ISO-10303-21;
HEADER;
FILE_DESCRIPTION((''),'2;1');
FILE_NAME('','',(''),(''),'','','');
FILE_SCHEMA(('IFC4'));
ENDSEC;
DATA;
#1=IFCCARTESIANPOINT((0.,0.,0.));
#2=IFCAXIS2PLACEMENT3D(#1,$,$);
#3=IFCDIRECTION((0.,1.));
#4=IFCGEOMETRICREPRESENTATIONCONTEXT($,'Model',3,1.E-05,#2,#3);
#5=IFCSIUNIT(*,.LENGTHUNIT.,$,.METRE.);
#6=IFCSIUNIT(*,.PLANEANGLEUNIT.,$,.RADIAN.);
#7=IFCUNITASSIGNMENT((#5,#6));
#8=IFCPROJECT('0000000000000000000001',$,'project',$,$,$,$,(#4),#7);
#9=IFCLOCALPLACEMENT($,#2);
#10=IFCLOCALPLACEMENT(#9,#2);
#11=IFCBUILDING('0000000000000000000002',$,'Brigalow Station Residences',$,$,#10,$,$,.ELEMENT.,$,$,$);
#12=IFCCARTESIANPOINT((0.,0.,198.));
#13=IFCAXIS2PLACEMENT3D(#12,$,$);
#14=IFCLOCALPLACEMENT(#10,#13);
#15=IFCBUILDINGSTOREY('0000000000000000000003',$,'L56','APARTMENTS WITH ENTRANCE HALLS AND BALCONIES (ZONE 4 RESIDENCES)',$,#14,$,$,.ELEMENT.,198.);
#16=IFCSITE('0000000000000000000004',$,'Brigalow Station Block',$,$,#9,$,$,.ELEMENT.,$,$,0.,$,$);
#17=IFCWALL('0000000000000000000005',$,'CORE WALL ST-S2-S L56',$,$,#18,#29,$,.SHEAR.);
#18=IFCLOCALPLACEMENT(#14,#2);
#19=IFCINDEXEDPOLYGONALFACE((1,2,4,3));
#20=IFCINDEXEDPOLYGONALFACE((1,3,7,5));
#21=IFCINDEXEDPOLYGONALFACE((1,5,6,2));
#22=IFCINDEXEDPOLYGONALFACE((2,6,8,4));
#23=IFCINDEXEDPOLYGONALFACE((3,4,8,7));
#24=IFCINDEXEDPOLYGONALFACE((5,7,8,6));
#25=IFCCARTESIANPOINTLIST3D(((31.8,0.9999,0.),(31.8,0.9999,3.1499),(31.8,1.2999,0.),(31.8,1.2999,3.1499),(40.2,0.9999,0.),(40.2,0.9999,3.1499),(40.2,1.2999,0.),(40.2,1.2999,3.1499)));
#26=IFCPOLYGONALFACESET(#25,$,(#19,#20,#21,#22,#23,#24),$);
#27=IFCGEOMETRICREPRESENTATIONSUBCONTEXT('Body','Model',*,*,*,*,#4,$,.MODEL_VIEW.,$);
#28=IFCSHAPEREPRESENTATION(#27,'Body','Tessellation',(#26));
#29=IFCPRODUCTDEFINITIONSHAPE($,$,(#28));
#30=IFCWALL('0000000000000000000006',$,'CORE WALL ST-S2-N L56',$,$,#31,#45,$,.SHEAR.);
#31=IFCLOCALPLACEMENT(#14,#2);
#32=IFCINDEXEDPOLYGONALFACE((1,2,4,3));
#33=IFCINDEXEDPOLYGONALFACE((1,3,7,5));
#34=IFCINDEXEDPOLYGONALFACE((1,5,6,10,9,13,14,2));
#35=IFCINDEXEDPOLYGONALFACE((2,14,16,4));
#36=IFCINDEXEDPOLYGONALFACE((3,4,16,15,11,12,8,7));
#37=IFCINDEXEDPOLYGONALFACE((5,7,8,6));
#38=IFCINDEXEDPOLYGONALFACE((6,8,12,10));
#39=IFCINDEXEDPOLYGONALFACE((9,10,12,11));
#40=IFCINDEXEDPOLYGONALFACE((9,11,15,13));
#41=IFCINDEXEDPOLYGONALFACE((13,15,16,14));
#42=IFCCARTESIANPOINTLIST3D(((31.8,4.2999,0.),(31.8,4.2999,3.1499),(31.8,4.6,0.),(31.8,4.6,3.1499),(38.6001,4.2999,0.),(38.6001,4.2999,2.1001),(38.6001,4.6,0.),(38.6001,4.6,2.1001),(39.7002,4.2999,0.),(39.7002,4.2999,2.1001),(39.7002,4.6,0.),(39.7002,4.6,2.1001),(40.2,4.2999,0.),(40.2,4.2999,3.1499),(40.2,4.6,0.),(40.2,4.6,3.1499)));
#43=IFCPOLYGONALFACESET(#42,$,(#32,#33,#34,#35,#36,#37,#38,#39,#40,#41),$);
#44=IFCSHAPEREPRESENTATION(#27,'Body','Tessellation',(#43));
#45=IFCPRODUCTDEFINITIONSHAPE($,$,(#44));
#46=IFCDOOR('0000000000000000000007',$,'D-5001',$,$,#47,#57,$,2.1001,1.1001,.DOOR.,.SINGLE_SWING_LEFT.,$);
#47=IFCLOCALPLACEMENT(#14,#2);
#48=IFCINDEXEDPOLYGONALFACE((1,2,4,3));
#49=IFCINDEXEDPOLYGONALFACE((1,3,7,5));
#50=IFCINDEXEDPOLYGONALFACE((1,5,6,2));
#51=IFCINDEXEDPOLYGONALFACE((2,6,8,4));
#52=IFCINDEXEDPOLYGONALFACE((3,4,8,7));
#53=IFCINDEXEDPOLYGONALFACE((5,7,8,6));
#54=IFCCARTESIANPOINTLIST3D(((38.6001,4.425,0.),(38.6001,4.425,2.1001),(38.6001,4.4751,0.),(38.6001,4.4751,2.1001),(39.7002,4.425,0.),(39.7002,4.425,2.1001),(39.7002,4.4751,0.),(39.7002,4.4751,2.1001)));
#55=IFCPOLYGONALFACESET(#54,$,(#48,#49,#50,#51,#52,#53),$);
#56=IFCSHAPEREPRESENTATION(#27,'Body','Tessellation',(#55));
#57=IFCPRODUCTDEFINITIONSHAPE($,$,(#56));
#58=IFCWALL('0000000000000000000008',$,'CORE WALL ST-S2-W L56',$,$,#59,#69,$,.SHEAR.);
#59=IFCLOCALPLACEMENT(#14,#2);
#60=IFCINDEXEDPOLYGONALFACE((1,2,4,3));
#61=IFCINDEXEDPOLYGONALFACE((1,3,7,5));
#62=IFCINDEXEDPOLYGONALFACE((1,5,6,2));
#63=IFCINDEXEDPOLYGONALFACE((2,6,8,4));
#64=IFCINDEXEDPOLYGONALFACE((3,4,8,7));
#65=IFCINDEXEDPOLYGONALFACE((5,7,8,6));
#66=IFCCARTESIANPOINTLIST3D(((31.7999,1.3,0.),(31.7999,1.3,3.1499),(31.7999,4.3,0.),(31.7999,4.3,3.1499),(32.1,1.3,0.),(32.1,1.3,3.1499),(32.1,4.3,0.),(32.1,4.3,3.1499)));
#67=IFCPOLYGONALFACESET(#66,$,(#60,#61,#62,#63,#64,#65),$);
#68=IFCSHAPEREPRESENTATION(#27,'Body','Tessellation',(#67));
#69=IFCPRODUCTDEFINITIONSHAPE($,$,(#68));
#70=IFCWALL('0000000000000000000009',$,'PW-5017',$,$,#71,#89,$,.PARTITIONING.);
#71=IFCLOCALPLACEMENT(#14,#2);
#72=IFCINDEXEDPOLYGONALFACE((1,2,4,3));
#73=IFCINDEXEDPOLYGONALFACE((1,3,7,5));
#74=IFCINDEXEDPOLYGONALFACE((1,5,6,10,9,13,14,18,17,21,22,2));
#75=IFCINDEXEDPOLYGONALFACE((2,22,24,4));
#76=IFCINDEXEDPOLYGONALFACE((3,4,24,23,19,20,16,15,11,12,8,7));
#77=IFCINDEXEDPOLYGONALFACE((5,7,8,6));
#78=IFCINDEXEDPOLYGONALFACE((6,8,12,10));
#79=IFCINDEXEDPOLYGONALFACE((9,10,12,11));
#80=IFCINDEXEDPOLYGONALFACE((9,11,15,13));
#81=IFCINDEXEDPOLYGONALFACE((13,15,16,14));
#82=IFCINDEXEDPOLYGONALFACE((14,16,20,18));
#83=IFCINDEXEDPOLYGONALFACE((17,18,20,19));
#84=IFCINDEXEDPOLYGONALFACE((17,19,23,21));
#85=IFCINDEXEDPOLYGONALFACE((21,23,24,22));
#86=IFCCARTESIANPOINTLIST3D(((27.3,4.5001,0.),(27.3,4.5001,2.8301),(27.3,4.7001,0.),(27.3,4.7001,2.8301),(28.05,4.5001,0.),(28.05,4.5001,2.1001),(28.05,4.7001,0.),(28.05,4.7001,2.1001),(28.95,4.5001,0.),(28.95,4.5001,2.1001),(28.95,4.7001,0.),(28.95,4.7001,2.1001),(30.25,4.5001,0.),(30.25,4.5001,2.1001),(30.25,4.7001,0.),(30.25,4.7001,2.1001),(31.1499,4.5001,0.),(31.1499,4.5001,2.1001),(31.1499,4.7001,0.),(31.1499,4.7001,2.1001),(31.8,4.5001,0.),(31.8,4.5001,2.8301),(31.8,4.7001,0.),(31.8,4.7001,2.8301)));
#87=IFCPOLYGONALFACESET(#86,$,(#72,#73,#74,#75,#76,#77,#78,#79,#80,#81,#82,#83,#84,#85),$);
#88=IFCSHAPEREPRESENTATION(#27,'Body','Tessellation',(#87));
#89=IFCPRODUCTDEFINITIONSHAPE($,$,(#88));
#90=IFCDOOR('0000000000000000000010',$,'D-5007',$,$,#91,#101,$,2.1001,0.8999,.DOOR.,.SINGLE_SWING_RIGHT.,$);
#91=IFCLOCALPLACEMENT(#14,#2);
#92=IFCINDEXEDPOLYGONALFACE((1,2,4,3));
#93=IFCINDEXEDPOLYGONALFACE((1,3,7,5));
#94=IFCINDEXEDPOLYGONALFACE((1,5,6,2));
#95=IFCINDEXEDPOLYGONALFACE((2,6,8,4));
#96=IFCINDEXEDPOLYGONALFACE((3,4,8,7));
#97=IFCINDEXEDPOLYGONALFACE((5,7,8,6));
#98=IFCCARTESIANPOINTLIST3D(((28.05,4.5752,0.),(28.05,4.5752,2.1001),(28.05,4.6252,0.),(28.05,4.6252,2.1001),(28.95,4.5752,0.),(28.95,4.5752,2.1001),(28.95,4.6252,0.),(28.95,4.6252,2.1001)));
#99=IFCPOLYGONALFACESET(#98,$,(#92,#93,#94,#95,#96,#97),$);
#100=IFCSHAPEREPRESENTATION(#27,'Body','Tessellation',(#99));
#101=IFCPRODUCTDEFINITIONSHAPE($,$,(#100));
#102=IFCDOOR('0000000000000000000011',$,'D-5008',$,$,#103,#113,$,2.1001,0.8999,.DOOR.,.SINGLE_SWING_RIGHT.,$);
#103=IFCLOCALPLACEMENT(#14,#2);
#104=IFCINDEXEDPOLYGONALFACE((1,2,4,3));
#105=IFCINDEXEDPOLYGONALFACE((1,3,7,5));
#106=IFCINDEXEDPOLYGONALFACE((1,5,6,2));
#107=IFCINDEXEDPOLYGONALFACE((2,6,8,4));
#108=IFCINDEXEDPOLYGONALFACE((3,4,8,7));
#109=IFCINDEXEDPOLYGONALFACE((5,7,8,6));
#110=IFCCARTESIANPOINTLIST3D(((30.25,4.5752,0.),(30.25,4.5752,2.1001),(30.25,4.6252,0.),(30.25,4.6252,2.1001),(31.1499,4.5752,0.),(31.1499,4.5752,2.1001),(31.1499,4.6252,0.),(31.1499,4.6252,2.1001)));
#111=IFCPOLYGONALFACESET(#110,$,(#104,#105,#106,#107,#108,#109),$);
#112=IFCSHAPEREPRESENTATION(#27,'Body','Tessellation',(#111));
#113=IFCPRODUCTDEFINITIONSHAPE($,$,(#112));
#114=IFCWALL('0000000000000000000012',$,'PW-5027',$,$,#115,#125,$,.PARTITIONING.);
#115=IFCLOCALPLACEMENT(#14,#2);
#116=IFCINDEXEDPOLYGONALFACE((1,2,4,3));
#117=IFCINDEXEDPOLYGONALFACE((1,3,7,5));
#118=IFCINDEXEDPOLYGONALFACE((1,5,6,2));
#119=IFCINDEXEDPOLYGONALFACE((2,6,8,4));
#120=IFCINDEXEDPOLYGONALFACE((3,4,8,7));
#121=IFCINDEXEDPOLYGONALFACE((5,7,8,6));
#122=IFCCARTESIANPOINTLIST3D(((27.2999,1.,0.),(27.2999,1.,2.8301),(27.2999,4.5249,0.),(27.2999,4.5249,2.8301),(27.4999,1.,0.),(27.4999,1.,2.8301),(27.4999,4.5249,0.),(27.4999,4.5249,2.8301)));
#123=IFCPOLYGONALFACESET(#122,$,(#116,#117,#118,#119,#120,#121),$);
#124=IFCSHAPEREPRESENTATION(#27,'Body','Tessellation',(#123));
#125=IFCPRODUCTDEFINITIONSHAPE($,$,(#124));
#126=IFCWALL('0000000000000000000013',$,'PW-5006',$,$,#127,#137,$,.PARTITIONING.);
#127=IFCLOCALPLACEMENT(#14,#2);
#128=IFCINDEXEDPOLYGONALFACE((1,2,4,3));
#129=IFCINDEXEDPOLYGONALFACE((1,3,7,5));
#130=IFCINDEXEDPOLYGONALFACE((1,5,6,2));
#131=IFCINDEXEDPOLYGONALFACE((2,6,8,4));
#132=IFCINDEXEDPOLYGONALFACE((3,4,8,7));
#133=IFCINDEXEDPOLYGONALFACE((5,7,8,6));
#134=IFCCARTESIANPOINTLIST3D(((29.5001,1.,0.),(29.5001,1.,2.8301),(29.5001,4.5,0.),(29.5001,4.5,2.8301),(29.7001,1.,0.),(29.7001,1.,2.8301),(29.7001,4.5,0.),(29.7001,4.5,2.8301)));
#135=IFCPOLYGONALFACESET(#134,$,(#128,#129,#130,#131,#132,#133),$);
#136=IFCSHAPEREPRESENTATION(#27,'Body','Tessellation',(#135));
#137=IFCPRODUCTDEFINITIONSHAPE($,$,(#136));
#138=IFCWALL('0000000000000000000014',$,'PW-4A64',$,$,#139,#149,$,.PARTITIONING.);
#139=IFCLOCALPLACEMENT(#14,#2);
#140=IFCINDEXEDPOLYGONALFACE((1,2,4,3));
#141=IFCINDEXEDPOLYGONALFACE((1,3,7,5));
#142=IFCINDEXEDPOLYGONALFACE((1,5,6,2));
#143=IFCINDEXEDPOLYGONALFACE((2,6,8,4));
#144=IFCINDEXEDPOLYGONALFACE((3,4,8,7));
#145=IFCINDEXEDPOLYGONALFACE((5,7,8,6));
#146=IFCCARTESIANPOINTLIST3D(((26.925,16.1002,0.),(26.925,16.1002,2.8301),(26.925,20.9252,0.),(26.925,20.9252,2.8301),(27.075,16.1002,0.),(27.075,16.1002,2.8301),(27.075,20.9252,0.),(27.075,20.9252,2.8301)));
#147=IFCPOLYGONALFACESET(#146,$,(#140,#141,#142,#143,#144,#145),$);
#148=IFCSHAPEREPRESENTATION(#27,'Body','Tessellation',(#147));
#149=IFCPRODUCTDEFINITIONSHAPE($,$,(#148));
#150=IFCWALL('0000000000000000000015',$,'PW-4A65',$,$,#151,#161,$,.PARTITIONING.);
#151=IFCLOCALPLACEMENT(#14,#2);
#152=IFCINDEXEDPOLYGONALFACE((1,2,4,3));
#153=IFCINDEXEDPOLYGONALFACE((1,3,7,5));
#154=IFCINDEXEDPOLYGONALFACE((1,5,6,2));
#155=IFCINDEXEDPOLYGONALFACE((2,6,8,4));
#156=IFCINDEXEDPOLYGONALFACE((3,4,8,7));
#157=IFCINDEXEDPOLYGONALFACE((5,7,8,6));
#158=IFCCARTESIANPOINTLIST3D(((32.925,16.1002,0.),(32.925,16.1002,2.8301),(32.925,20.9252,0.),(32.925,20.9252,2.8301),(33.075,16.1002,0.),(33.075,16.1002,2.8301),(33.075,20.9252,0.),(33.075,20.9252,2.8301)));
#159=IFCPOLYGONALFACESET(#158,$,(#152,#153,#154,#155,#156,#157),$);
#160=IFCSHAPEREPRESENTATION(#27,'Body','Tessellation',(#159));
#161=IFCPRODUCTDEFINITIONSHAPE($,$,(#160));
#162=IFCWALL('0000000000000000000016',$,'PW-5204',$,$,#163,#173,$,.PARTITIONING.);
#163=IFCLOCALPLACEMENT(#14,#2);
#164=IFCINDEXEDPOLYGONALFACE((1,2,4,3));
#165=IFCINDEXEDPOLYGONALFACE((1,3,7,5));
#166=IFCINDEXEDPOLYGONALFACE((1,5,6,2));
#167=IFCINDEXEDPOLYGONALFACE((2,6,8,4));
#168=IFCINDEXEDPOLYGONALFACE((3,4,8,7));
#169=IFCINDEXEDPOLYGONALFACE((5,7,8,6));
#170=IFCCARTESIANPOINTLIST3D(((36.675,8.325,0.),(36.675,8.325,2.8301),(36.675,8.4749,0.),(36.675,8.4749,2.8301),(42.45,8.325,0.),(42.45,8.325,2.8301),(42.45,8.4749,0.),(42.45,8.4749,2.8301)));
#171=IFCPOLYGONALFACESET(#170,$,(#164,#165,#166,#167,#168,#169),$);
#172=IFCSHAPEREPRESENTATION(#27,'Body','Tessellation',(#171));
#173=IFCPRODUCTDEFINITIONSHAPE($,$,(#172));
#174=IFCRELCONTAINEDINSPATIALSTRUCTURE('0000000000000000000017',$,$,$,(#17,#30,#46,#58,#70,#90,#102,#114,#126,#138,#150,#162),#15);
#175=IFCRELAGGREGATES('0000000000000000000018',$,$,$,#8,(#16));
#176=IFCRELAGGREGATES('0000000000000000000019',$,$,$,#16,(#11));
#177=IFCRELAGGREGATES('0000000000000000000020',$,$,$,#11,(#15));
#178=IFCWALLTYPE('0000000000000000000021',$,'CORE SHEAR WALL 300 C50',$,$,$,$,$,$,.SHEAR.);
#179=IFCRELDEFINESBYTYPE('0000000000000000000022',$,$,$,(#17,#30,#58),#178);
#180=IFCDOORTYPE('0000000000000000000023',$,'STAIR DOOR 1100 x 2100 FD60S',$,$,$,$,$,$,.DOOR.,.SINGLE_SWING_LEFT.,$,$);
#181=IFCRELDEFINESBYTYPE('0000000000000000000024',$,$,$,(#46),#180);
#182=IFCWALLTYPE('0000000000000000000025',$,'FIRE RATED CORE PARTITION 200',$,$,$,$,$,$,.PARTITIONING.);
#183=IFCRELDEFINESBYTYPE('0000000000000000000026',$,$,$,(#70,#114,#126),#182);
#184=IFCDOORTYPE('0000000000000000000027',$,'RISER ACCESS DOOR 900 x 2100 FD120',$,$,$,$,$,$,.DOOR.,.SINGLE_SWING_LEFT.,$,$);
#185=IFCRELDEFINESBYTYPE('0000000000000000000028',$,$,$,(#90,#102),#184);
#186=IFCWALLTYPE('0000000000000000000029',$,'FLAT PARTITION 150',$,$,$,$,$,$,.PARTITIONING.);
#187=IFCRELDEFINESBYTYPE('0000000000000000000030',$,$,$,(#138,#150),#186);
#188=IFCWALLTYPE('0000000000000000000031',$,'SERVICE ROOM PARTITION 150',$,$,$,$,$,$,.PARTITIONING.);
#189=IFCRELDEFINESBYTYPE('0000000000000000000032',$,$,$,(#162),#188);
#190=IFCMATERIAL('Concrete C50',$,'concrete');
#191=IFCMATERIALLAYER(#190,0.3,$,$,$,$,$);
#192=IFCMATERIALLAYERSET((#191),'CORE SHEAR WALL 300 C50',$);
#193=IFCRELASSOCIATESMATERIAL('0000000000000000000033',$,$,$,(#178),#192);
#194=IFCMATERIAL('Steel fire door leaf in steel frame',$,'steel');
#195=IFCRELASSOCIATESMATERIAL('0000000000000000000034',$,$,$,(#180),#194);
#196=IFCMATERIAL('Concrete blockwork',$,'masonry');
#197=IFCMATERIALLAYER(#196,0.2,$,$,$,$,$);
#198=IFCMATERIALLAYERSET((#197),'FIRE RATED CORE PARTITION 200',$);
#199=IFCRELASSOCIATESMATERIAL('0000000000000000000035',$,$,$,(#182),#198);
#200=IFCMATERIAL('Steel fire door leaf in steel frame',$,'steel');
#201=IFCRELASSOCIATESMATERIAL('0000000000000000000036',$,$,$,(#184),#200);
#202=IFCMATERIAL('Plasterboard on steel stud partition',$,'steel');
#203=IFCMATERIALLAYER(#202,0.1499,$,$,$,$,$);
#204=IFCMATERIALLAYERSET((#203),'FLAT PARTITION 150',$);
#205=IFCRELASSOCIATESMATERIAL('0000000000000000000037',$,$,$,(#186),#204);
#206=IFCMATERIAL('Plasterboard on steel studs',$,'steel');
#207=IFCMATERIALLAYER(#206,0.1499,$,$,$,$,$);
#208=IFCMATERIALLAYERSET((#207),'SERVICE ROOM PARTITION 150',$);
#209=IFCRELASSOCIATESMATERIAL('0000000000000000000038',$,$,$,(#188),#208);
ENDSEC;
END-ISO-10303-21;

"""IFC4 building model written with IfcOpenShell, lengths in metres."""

from ifc_helpers import new_model, si_unit, direction, frame, frame_2d, origin, place, context, subcontext, project, spatial, rectangle, extrude, material, layer, layer_set, type_object, element, fill, save


model = new_model("IFC4")

# Units and contexts
model_context = context("Model", 3, precision=1e-05, world=origin(), true_north=direction((0.0, 1.0)))
body_context = subcontext(model_context, "Body", "Model", "MODEL_VIEW")
ifc_project = project(units=[si_unit("LENGTHUNIT", "METRE"), si_unit("PLANEANGLEUNIT", "RADIAN")], contexts=[model_context])

# Site, building, storey
site_placement = place(None, origin())
site = spatial("IfcSite", under=ifc_project, at=site_placement, Name="Brigalow Station Block", CompositionType="ELEMENT", RefElevation=0.0)
building_placement = place(site_placement, origin())
building = spatial("IfcBuilding", under=site, at=building_placement, Name="Brigalow Station Residences", CompositionType="ELEMENT")
storey_placement = place(building_placement, frame((0.0, 0.0, 198.0)))
storey = spatial("IfcBuildingStorey", under=building, at=storey_placement, Name="L56", Description="APARTMENTS WITH ENTRANCE HALLS AND BALCONIES (ZONE 4 RESIDENCES)", CompositionType="ELEMENT", Elevation=198.0)

# Wall
ifc_material_1 = material(Name="Concrete C50", Category="concrete")
ifc_layer_1 = layer(ifc_material_1, 0.3)
ifc_layer_set_1 = layer_set([ifc_layer_1], Name="CORE SHEAR WALL 300 C50")
wall_type_1 = type_object("IfcWallType", Name="CORE SHEAR WALL 300 C50", PredefinedType="SHEAR", material=ifc_layer_set_1)
wall_1_placement = place(storey_placement, frame((31.8, 1.1499, 0.0), z_axis=(0.0, 0.0, 1.0), x_axis=(1.0, 0.0, 0.0)))
element("IfcWall", 1, at=wall_1_placement, inside=storey, type_object=wall_type_1, Name="CORE WALL ST-S2-S L56", PredefinedType="SHEAR", context=body_context, shape_type="SweptSolid", body=[
    extrude(rectangle(XDim=8.3999, YDim=0.3, at=frame_2d((4.2, 0.0))), origin(), (0.0, 0.0, 1.0), 3.1499),
])

# Wall, opening, door
wall_2_placement = place(storey_placement, frame((31.8, 4.45, 0.0), z_axis=(0.0, 0.0, 1.0), x_axis=(1.0, 0.0, 0.0)))
wall_2 = element("IfcWall", 2, at=wall_2_placement, inside=storey, type_object=wall_type_1, Name="CORE WALL ST-S2-N L56", PredefinedType="SHEAR", context=body_context, shape_type="SweptSolid", body=[
    extrude(rectangle(XDim=8.3999, YDim=0.3, at=frame_2d((4.2, 0.0))), origin(), (0.0, 0.0, 1.0), 3.1499),
])
opening_1_placement = place(wall_2_placement, frame((6.8, 0.0, 0.0)))
opening_1 = element("IfcOpeningElement", 3, at=opening_1_placement, cuts=wall_2, PredefinedType="OPENING", context=body_context, shape_type="SweptSolid", body=[
    extrude(rectangle(XDim=1.1001, YDim=2.1001, at=frame_2d((0.55, 1.05))), frame((0.0, 0.1602, 0.0), z_axis=(0.0, -1.0, 0.0), x_axis=(1.0, 0.0, 0.0)), (0.0, 0.0, 1.0), 0.3201),
])
ifc_material_2 = material(Name="Steel fire door leaf in steel frame", Category="steel")
door_type_1 = type_object("IfcDoorType", Name="STAIR DOOR 1100 x 2100 FD60S", OperationType="SINGLE_SWING_LEFT", PredefinedType="DOOR", material=ifc_material_2)
door_1_placement = place(opening_1_placement, frame((1.1001, 0.0, 0.0), z_axis=(0.0, 0.0, 1.0), x_axis=(-1.0, 0.0, 0.0)))
door_1 = element("IfcDoor", 4, at=door_1_placement, inside=storey, type_object=door_type_1, Name="D-5001", OperationType="SINGLE_SWING_LEFT", OverallHeight=2.1001, OverallWidth=1.1001, PredefinedType="DOOR", context=body_context, shape_type="SweptSolid", body=[
    extrude(rectangle(XDim=1.1001, YDim=2.1001, at=frame_2d((0.55, 1.05))), frame((0.0, 0.0249, 0.0), z_axis=(0.0, -1.0, 0.0), x_axis=(1.0, 0.0, 0.0)), (0.0, 0.0, 1.0), 0.05),
])
fill(opening_1, door_1)

# Wall
wall_3_placement = place(storey_placement, frame((31.95, 1.3, 0.0), z_axis=(0.0, 0.0, 1.0), x_axis=(0.0, 1.0, 0.0)))
element("IfcWall", 5, at=wall_3_placement, inside=storey, type_object=wall_type_1, Name="CORE WALL ST-S2-W L56", PredefinedType="SHEAR", context=body_context, shape_type="SweptSolid", body=[
    extrude(rectangle(XDim=3.0, YDim=0.3, at=frame_2d((1.5, 0.0))), origin(), (0.0, 0.0, 1.0), 3.1499),
])

# Wall, openings, doors
ifc_material_3 = material(Name="Concrete blockwork", Category="masonry")
ifc_layer_2 = layer(ifc_material_3, 0.2)
ifc_layer_set_2 = layer_set([ifc_layer_2], Name="FIRE RATED CORE PARTITION 200")
wall_type_2 = type_object("IfcWallType", Name="FIRE RATED CORE PARTITION 200", PredefinedType="PARTITIONING", material=ifc_layer_set_2)
wall_4_placement = place(storey_placement, frame((27.3, 4.6001, 0.0), z_axis=(0.0, 0.0, 1.0), x_axis=(1.0, 0.0, 0.0)))
wall_4 = element("IfcWall", 6, at=wall_4_placement, inside=storey, type_object=wall_type_2, Name="PW-5017", PredefinedType="PARTITIONING", context=body_context, shape_type="SweptSolid", body=[
    extrude(rectangle(XDim=4.5, YDim=0.2, at=frame_2d((2.25, 0.0))), origin(), (0.0, 0.0, 1.0), 2.8301),
])
opening_2_placement = place(wall_4_placement, frame((0.75, 0.0, 0.0)))
opening_2 = element("IfcOpeningElement", 7, at=opening_2_placement, cuts=wall_4, PredefinedType="OPENING", context=body_context, shape_type="SweptSolid", body=[
    extrude(rectangle(XDim=0.8999, YDim=2.1001, at=frame_2d((0.45, 1.05))), frame((0.0, 0.1099, 0.0), z_axis=(0.0, -1.0, 0.0), x_axis=(1.0, 0.0, 0.0)), (0.0, 0.0, 1.0), 0.22),
])
opening_3_placement = place(wall_4_placement, frame((2.95, 0.0, 0.0)))
opening_3 = element("IfcOpeningElement", 8, at=opening_3_placement, cuts=wall_4, PredefinedType="OPENING", context=body_context, shape_type="SweptSolid", body=[
    extrude(rectangle(XDim=0.8999, YDim=2.1001, at=frame_2d((0.45, 1.05))), frame((0.0, 0.1099, 0.0), z_axis=(0.0, -1.0, 0.0), x_axis=(1.0, 0.0, 0.0)), (0.0, 0.0, 1.0), 0.22),
])
ifc_material_4 = material(Name="Steel fire door leaf in steel frame", Category="steel")
door_type_2 = type_object("IfcDoorType", Name="RISER ACCESS DOOR 900 x 2100 FD120", OperationType="SINGLE_SWING_LEFT", PredefinedType="DOOR", material=ifc_material_4)
door_2_placement = place(opening_2_placement, frame((0.8999, 0.0, 0.0), z_axis=(0.0, 0.0, 1.0), x_axis=(-1.0, 0.0, 0.0)))
door_2 = element("IfcDoor", 9, at=door_2_placement, inside=storey, type_object=door_type_2, Name="D-5007", OperationType="SINGLE_SWING_RIGHT", OverallHeight=2.1001, OverallWidth=0.8999, PredefinedType="DOOR", context=body_context, shape_type="SweptSolid", body=[
    extrude(rectangle(XDim=0.8999, YDim=2.1001, at=frame_2d((0.45, 1.05))), frame((0.0, 0.0249, 0.0), z_axis=(0.0, -1.0, 0.0), x_axis=(1.0, 0.0, 0.0)), (0.0, 0.0, 1.0), 0.05),
])
fill(opening_2, door_2)
door_3_placement = place(opening_3_placement, frame((0.8999, 0.0, 0.0), z_axis=(0.0, 0.0, 1.0), x_axis=(-1.0, 0.0, 0.0)))
door_3 = element("IfcDoor", 10, at=door_3_placement, inside=storey, type_object=door_type_2, Name="D-5008", OperationType="SINGLE_SWING_RIGHT", OverallHeight=2.1001, OverallWidth=0.8999, PredefinedType="DOOR", context=body_context, shape_type="SweptSolid", body=[
    extrude(rectangle(XDim=0.8999, YDim=2.1001, at=frame_2d((0.45, 1.05))), frame((0.0, 0.0249, 0.0), z_axis=(0.0, -1.0, 0.0), x_axis=(1.0, 0.0, 0.0)), (0.0, 0.0, 1.0), 0.05),
])
fill(opening_3, door_3)

# Walls
wall_5_placement = place(storey_placement, frame((27.3999, 1.0, 0.0), z_axis=(0.0, 0.0, 1.0), x_axis=(0.0, 1.0, 0.0)))
element("IfcWall", 11, at=wall_5_placement, inside=storey, type_object=wall_type_2, Name="PW-5027", PredefinedType="PARTITIONING", context=body_context, shape_type="SweptSolid", body=[
    extrude(rectangle(XDim=3.5249, YDim=0.2, at=frame_2d((1.7625, 0.0))), origin(), (0.0, 0.0, 1.0), 2.8301),
])
wall_6_placement = place(storey_placement, frame((29.6001, 1.0, 0.0), z_axis=(0.0, 0.0, 1.0), x_axis=(0.0, 1.0, 0.0)))
element("IfcWall", 12, at=wall_6_placement, inside=storey, type_object=wall_type_2, Name="PW-5006", PredefinedType="PARTITIONING", context=body_context, shape_type="SweptSolid", body=[
    extrude(rectangle(XDim=3.5, YDim=0.2, at=frame_2d((1.75, 0.0))), origin(), (0.0, 0.0, 1.0), 2.8301),
])
ifc_material_5 = material(Name="Plasterboard on steel stud partition", Category="steel")
ifc_layer_3 = layer(ifc_material_5, 0.1499)
ifc_layer_set_3 = layer_set([ifc_layer_3], Name="FLAT PARTITION 150")
wall_type_3 = type_object("IfcWallType", Name="FLAT PARTITION 150", PredefinedType="PARTITIONING", material=ifc_layer_set_3)
for number, where, z_axis, x_axis, name in (
    (13, (27.0, 16.1001, 0.0), (0.0, 0.0, 1.0), (0.0, 1.0, 0.0), "PW-4A64"),
    (14, (33.0, 16.1001, 0.0), (0.0, 0.0, 1.0), (0.0, 1.0, 0.0), "PW-4A65"),
):
    element("IfcWall", number, at=place(storey_placement, frame(where, z_axis=z_axis, x_axis=x_axis)), inside=storey, type_object=wall_type_3, Name=name, PredefinedType="PARTITIONING", context=body_context, shape_type="SweptSolid", body=[
        extrude(rectangle(XDim=4.825, YDim=0.1499, at=frame_2d((2.4126, 0.0))), origin(), (0.0, 0.0, 1.0), 2.8301),
    ])
ifc_material_6 = material(Name="Plasterboard on steel studs", Category="steel")
ifc_layer_4 = layer(ifc_material_6, 0.1499)
ifc_layer_set_4 = layer_set([ifc_layer_4], Name="SERVICE ROOM PARTITION 150")
wall_type_4 = type_object("IfcWallType", Name="SERVICE ROOM PARTITION 150", PredefinedType="PARTITIONING", material=ifc_layer_set_4)
wall_7_placement = place(storey_placement, frame((36.675, 8.3999, 0.0), z_axis=(0.0, 0.0, 1.0), x_axis=(1.0, 0.0, 0.0)))
element("IfcWall", 15, at=wall_7_placement, inside=storey, type_object=wall_type_4, Name="PW-5204", PredefinedType="PARTITIONING", context=body_context, shape_type="SweptSolid", body=[
    extrude(rectangle(XDim=5.7749, YDim=0.1499, at=frame_2d((2.8875, 0.0))), origin(), (0.0, 0.0, 1.0), 2.8301),
])

save(model, "model.ifc")
